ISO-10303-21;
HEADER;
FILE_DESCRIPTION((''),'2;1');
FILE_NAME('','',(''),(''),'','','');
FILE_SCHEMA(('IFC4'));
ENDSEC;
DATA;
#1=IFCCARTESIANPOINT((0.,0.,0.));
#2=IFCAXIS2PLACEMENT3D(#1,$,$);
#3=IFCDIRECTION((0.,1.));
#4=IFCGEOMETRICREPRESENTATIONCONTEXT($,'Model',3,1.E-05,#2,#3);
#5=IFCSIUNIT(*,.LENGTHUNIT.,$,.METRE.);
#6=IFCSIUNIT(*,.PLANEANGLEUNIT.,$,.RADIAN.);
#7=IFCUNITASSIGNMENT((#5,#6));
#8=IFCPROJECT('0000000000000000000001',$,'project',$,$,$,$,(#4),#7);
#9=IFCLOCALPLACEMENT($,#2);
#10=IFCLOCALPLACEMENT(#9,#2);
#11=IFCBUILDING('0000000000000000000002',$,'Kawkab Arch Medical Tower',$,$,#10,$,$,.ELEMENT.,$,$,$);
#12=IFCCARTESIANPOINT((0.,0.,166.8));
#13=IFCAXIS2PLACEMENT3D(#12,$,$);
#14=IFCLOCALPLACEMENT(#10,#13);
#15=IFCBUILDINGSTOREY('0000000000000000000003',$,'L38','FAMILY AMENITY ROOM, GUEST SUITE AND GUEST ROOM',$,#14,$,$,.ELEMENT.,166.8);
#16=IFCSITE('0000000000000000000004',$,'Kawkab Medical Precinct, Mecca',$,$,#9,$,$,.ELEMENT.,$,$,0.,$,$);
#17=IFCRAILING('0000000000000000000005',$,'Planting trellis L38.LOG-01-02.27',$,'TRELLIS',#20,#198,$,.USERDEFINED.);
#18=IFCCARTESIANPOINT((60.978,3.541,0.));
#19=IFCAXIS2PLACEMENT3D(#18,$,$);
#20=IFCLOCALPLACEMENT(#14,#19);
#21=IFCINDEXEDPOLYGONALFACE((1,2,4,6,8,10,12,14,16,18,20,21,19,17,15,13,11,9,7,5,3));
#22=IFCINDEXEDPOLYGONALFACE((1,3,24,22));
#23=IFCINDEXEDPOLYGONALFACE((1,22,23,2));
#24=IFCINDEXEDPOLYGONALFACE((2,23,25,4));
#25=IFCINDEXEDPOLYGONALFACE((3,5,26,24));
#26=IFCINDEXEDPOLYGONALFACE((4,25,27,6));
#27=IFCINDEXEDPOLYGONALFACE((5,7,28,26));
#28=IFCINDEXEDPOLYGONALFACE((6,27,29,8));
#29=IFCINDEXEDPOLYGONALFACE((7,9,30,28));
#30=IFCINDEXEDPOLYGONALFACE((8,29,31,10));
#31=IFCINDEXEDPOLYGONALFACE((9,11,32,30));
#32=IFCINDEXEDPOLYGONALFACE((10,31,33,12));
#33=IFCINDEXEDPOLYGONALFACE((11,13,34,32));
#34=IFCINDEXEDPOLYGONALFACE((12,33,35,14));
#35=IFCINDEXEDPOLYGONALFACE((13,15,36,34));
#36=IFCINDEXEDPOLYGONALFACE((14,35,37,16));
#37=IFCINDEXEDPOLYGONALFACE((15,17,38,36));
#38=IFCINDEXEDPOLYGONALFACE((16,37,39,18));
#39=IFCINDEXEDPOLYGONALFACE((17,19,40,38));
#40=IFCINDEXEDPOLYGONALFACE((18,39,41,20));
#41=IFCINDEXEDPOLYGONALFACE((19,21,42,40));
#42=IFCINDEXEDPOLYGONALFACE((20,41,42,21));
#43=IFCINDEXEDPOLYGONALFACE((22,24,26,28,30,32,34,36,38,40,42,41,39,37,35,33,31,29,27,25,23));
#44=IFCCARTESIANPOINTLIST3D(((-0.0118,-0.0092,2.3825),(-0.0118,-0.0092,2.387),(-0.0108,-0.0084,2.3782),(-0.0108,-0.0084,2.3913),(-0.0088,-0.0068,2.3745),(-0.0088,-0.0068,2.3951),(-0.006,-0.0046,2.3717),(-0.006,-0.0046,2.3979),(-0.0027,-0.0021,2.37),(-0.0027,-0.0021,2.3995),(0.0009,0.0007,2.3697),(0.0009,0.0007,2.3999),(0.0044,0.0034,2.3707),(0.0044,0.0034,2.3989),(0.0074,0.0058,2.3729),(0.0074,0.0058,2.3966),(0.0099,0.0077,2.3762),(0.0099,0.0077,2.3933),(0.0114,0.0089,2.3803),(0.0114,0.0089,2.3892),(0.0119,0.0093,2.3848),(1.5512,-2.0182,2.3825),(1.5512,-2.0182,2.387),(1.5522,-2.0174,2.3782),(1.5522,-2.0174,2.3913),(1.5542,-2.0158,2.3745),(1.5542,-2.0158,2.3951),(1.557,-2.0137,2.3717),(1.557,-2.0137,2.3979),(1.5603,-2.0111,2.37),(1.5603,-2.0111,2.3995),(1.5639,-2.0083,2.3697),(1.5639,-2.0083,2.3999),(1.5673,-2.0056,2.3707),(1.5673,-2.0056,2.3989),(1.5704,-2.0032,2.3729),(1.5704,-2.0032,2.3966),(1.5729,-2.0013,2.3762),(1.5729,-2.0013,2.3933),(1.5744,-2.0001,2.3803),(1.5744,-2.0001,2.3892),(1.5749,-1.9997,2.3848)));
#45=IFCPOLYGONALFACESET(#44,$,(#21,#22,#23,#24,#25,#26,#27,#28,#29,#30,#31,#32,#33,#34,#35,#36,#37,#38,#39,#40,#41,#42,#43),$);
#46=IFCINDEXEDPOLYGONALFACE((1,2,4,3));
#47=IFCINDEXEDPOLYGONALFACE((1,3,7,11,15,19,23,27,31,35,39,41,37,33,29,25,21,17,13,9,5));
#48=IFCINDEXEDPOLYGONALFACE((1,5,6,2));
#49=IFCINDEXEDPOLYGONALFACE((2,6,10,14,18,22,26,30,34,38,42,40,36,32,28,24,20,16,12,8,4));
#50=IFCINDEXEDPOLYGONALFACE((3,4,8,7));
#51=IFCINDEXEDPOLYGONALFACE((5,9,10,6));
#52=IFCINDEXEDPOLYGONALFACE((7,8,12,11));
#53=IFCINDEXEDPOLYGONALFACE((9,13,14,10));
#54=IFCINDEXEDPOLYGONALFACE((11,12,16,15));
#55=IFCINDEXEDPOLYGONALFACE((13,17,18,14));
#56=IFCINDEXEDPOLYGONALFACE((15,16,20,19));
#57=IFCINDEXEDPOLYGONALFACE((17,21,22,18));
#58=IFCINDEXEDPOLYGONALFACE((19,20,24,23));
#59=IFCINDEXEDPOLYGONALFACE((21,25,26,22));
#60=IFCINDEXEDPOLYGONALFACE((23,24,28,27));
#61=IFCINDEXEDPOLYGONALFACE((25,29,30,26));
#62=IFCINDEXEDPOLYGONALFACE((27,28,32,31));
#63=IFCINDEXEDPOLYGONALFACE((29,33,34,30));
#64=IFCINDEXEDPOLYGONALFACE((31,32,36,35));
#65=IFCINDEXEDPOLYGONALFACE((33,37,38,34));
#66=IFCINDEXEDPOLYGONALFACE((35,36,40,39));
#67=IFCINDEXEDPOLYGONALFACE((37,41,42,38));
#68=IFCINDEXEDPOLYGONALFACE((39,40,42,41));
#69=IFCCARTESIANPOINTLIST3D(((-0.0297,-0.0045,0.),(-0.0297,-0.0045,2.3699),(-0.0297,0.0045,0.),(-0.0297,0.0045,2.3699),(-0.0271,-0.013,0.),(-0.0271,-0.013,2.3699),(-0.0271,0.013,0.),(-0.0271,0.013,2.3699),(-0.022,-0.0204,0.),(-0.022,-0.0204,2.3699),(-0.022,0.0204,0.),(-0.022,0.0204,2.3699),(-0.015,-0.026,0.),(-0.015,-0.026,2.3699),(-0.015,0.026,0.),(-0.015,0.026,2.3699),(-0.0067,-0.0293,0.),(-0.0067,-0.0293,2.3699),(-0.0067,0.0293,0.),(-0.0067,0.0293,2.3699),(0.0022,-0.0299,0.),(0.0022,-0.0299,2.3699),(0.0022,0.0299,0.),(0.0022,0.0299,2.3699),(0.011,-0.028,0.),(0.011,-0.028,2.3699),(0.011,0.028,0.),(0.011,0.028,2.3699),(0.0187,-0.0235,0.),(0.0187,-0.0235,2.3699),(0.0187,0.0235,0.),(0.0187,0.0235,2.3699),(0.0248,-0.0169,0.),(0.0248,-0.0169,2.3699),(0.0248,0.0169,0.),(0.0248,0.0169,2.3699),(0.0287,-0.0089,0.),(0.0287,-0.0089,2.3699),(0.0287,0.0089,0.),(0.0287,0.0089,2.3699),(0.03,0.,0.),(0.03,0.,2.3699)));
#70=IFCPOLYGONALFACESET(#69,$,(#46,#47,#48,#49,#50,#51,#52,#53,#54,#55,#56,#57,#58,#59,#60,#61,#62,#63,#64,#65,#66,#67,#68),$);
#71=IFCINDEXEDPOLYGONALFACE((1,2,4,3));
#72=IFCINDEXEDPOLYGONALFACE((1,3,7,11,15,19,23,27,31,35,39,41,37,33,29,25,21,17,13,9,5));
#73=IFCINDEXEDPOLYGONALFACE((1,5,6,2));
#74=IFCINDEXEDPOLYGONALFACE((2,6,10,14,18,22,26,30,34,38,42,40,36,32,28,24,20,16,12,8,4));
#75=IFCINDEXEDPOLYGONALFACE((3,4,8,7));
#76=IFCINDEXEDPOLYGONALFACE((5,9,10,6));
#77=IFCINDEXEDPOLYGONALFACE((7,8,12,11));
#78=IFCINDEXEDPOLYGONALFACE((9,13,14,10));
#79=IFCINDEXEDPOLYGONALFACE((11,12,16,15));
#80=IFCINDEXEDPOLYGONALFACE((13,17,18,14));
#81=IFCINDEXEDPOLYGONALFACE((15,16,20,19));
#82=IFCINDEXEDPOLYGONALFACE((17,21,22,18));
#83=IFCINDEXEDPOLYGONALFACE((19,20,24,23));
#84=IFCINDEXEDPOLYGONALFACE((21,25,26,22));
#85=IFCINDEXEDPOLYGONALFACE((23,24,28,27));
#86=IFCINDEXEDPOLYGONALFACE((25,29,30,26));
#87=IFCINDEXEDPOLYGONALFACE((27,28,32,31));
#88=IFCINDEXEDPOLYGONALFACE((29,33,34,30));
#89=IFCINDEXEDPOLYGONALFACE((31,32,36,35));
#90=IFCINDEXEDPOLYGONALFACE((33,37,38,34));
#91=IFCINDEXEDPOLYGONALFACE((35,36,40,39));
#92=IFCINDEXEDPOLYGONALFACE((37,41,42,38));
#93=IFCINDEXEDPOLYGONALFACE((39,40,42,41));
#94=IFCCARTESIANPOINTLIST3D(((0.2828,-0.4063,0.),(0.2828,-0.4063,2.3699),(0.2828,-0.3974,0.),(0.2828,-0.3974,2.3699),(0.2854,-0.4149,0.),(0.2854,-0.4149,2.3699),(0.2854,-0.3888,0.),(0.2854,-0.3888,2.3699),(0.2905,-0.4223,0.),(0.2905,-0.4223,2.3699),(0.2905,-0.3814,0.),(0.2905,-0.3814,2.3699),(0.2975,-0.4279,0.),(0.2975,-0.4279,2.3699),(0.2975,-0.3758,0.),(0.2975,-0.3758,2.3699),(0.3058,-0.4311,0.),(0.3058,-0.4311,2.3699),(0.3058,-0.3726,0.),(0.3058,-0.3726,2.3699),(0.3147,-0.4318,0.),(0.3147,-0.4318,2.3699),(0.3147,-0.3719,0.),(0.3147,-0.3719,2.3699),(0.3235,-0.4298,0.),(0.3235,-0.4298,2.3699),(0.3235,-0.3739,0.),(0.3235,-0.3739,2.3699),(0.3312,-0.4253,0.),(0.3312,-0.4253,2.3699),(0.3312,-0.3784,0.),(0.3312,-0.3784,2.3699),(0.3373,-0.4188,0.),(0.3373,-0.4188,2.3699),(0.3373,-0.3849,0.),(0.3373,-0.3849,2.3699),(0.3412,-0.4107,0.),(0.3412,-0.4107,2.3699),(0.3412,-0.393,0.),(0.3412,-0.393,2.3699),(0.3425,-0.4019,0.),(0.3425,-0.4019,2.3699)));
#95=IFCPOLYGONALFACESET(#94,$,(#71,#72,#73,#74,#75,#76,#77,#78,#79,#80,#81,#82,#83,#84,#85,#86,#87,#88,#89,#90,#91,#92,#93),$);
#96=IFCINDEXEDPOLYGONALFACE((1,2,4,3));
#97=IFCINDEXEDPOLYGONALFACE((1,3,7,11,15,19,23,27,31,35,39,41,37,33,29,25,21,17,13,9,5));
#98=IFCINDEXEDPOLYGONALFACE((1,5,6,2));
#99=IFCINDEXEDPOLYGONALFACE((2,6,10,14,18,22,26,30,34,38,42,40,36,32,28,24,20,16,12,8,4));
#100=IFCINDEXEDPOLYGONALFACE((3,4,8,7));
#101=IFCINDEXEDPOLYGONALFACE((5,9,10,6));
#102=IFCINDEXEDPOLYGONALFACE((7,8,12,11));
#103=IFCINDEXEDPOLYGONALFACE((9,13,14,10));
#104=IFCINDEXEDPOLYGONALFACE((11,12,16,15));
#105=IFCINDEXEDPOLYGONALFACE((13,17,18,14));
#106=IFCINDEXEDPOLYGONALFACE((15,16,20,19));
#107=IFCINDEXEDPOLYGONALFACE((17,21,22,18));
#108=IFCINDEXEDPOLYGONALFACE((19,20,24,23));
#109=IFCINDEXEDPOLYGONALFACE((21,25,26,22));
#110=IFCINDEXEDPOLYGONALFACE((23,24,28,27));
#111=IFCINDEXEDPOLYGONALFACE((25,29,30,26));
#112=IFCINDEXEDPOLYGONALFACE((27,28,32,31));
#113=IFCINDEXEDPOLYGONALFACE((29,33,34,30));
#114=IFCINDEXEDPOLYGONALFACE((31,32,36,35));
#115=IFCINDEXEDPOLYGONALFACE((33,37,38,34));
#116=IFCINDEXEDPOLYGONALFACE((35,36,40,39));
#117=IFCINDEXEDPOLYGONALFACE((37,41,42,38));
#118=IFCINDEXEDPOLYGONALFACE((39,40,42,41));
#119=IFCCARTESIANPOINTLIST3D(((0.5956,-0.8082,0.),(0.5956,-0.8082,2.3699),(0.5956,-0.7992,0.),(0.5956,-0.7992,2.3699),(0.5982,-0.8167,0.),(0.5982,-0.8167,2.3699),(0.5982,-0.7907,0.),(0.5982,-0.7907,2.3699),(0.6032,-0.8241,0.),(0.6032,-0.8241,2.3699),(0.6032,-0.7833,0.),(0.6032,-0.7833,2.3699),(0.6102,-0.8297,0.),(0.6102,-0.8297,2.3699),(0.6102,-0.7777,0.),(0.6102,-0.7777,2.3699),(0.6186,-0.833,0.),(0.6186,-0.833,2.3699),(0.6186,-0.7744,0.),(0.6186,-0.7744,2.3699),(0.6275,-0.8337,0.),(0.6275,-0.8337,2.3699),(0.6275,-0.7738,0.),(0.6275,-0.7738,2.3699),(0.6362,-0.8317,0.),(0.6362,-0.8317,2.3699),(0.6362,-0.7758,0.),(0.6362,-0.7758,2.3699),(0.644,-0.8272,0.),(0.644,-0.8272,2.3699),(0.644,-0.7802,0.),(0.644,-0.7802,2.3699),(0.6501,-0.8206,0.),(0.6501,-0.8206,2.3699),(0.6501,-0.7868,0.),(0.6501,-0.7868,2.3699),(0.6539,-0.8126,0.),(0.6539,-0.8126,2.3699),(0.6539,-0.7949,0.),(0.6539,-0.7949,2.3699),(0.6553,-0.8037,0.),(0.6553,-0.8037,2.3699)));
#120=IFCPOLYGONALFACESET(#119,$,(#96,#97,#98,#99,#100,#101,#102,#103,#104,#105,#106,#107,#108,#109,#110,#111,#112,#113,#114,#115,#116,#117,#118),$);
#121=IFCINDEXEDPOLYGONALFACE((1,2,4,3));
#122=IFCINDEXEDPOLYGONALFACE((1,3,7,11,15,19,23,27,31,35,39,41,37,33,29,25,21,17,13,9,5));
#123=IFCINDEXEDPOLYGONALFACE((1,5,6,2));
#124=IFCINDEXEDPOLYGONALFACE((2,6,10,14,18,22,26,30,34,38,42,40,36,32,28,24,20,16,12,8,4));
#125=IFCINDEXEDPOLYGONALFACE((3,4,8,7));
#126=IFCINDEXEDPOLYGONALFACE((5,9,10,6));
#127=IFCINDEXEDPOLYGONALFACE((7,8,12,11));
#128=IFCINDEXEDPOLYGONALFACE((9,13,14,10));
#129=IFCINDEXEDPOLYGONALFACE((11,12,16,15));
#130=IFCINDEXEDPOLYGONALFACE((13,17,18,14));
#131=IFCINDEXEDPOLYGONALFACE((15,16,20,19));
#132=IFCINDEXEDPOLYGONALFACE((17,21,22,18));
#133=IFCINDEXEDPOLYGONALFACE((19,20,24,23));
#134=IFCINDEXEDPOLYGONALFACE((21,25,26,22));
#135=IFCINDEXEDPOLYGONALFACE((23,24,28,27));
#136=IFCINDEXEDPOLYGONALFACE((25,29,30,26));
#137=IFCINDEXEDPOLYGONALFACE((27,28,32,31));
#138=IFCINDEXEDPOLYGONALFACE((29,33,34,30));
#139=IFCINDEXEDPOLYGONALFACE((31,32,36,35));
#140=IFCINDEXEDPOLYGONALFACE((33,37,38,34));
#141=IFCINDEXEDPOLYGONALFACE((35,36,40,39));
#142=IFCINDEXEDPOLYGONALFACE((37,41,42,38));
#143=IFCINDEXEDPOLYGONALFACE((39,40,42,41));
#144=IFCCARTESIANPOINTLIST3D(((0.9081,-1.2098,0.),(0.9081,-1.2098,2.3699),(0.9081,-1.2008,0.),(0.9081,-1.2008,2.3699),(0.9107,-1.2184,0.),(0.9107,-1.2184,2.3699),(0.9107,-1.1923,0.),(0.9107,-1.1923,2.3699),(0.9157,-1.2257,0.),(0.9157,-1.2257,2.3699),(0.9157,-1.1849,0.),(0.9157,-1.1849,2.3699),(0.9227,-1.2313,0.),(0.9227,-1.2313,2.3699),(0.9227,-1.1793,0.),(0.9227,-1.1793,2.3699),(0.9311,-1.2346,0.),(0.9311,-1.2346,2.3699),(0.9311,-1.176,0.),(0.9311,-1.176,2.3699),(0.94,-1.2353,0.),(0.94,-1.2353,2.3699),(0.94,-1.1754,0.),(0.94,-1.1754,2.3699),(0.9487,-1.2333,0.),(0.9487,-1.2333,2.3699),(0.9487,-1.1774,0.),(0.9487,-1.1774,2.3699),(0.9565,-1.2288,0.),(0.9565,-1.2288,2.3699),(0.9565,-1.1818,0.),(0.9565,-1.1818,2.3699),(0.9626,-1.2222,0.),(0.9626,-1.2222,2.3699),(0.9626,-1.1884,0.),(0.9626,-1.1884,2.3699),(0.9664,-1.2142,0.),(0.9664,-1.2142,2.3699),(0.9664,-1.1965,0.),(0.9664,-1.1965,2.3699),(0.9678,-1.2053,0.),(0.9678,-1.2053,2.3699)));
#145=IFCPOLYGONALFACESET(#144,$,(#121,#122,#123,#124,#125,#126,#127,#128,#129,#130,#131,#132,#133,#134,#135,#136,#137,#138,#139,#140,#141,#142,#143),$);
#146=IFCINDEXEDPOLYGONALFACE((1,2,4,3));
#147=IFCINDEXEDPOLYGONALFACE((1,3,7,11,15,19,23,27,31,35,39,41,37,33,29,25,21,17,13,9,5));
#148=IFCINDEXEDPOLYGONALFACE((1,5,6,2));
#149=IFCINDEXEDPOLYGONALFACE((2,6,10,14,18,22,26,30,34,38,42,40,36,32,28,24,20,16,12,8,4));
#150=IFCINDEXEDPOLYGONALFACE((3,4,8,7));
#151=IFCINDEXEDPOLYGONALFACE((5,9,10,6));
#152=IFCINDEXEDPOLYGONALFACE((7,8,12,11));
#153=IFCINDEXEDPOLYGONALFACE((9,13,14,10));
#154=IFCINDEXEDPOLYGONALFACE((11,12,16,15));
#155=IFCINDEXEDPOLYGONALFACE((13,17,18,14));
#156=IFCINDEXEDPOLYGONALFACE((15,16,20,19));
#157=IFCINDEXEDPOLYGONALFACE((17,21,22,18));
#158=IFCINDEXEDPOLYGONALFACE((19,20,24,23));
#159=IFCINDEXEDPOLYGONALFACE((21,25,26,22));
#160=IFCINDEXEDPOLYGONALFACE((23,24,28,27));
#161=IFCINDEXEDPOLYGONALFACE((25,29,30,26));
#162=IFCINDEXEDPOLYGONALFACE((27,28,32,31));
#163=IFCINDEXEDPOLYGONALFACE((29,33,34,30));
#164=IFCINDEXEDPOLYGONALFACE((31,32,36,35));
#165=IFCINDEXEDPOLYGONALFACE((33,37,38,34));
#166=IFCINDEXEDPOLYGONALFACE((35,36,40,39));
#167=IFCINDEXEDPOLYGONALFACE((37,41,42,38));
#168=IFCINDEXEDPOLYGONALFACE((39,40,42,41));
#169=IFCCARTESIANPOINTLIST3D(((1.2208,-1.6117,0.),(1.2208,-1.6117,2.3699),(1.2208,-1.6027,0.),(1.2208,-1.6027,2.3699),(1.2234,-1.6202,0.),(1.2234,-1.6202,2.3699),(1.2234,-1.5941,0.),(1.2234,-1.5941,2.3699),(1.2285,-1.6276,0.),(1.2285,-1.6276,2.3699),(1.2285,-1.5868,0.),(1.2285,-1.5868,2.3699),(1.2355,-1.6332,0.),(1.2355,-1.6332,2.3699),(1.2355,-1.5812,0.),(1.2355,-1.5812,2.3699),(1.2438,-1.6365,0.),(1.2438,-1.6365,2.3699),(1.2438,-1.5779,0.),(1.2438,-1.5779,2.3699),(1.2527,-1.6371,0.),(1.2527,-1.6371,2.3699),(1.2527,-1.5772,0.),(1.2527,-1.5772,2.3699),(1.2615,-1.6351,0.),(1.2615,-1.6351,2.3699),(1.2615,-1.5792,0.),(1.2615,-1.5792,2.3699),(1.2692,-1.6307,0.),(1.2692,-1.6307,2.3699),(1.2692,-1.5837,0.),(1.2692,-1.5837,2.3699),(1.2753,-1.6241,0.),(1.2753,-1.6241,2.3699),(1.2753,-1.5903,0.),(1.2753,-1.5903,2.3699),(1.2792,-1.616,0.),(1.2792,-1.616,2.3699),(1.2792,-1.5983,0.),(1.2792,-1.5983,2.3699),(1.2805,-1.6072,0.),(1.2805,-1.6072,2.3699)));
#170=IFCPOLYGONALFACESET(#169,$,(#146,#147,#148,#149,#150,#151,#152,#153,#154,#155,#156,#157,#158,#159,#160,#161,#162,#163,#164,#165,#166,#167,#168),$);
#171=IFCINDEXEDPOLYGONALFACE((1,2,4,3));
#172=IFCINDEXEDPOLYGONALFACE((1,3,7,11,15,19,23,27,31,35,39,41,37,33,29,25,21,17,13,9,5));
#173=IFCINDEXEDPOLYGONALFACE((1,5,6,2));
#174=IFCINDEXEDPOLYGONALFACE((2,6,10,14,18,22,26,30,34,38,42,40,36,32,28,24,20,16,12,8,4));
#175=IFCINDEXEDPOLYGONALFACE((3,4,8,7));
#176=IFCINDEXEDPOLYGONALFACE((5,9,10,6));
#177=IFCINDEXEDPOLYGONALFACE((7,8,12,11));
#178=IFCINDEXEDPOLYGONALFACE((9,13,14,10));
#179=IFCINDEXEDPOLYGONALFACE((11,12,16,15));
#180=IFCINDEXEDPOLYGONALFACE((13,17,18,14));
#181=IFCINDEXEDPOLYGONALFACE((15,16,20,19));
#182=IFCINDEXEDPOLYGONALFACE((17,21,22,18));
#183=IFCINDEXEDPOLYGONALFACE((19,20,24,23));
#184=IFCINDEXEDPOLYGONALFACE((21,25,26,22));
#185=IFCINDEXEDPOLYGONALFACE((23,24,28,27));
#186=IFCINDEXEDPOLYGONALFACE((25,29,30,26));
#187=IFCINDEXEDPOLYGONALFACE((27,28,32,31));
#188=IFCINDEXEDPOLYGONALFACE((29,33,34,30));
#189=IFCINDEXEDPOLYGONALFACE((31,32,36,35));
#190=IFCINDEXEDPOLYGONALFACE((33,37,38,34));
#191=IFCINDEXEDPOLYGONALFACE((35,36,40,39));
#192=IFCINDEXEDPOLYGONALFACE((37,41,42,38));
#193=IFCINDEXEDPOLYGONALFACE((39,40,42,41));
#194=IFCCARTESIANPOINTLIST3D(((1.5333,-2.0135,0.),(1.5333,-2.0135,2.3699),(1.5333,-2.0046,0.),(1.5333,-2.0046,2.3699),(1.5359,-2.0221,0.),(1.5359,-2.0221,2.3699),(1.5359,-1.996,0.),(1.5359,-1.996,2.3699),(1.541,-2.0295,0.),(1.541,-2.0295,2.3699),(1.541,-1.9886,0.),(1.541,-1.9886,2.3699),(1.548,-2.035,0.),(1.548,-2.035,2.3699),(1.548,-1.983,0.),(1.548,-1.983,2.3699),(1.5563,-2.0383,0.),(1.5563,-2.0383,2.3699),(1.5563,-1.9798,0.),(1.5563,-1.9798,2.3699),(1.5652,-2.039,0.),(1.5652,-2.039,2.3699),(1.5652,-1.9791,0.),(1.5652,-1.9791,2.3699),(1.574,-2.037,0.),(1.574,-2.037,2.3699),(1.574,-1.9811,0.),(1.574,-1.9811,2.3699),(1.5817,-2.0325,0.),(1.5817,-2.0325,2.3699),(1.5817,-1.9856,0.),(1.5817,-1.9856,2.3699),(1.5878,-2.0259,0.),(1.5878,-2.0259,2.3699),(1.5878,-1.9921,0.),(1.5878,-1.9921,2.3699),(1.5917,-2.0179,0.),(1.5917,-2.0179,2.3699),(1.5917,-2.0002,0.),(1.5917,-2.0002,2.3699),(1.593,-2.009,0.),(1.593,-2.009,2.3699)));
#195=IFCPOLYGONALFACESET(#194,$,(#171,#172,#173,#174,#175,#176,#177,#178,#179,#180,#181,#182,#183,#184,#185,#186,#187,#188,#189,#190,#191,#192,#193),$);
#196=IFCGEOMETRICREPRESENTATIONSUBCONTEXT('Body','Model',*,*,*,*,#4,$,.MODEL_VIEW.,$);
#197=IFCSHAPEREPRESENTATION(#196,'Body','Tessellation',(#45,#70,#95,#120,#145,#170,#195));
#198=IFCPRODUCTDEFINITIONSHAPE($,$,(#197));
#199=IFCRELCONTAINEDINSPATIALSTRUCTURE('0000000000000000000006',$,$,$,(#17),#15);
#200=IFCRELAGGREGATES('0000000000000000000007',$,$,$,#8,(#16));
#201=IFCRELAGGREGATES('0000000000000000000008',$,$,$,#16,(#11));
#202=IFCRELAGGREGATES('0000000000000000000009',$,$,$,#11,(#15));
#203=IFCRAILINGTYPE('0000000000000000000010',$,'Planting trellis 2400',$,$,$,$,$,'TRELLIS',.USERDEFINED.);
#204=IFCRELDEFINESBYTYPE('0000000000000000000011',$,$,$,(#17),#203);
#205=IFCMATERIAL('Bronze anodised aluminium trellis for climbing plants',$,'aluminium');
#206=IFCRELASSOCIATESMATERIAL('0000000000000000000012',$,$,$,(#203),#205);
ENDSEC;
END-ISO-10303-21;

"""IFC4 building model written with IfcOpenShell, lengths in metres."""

from ifc_helpers import new_model, si_unit, direction, frame, origin, origin_2d, place, context, subcontext, project, spatial, circle, extrude, material, type_object, element, save


model = new_model("IFC4")

# Units and contexts
model_context = context("Model", 3, precision=1e-05, world=origin(), true_north=direction((0.0, 1.0)))
body_context = subcontext(model_context, "Body", "Model", "MODEL_VIEW")
ifc_project = project(units=[si_unit("LENGTHUNIT", "METRE"), si_unit("PLANEANGLEUNIT", "RADIAN")], contexts=[model_context])

# Site, building, storey
site_placement = place(None, origin())
site = spatial("IfcSite", under=ifc_project, at=site_placement, Name="Kawkab Medical Precinct, Mecca", CompositionType="ELEMENT", RefElevation=0.0)
building_placement = place(site_placement, origin())
building = spatial("IfcBuilding", under=site, at=building_placement, Name="Kawkab Arch Medical Tower", CompositionType="ELEMENT")
storey_placement = place(building_placement, frame((0.0, 0.0, 166.8)))
storey = spatial("IfcBuildingStorey", under=building, at=storey_placement, Name="L38", Description="FAMILY AMENITY ROOM, GUEST SUITE AND GUEST ROOM", CompositionType="ELEMENT", Elevation=166.8)

# Railing
ifc_material_1 = material(Name="Bronze anodised aluminium trellis for climbing plants", Category="aluminium")
railing_type = type_object("IfcRailingType", Name="Planting trellis 2400", ElementType="TRELLIS", PredefinedType="USERDEFINED", material=ifc_material_1)
railing_1_placement = place(storey_placement, frame((60.978, 3.541, 0.0)))
element("IfcRailing", 1, at=railing_1_placement, inside=storey, type_object=railing_type, Name="Planting trellis L38.LOG-01-02.27", ObjectType="TRELLIS", PredefinedType="USERDEFINED", context=body_context, shape_type="SweptSolid", body=[
    extrude(circle(Radius=0.0151, at=origin_2d()), frame((0.0, 0.0, 2.3848), z_axis=(0.61404, -0.789275, 0.0), x_axis=(0.789275, 0.61404, 0.0)), (0.0, 0.0, 1.0), 2.5454),
    extrude(circle(Radius=0.03, at=origin_2d()), origin(), (0.0, 0.0, 1.0), 2.3699),
    extrude(circle(Radius=0.03, at=origin_2d()), frame((0.3125, -0.4019, 0.0)), (0.0, 0.0, 1.0), 2.3699),
    extrude(circle(Radius=0.03, at=origin_2d()), frame((0.6252, -0.8037, 0.0)), (0.0, 0.0, 1.0), 2.3699),
    extrude(circle(Radius=0.03, at=origin_2d()), frame((0.9377, -1.2053, 0.0)), (0.0, 0.0, 1.0), 2.3699),
    extrude(circle(Radius=0.03, at=origin_2d()), frame((1.2505, -1.6072, 0.0)), (0.0, 0.0, 1.0), 2.3699),
    extrude(circle(Radius=0.03, at=origin_2d()), frame((1.563, -2.009, 0.0)), (0.0, 0.0, 1.0), 2.3699),
])

save(model, "model.ifc")
